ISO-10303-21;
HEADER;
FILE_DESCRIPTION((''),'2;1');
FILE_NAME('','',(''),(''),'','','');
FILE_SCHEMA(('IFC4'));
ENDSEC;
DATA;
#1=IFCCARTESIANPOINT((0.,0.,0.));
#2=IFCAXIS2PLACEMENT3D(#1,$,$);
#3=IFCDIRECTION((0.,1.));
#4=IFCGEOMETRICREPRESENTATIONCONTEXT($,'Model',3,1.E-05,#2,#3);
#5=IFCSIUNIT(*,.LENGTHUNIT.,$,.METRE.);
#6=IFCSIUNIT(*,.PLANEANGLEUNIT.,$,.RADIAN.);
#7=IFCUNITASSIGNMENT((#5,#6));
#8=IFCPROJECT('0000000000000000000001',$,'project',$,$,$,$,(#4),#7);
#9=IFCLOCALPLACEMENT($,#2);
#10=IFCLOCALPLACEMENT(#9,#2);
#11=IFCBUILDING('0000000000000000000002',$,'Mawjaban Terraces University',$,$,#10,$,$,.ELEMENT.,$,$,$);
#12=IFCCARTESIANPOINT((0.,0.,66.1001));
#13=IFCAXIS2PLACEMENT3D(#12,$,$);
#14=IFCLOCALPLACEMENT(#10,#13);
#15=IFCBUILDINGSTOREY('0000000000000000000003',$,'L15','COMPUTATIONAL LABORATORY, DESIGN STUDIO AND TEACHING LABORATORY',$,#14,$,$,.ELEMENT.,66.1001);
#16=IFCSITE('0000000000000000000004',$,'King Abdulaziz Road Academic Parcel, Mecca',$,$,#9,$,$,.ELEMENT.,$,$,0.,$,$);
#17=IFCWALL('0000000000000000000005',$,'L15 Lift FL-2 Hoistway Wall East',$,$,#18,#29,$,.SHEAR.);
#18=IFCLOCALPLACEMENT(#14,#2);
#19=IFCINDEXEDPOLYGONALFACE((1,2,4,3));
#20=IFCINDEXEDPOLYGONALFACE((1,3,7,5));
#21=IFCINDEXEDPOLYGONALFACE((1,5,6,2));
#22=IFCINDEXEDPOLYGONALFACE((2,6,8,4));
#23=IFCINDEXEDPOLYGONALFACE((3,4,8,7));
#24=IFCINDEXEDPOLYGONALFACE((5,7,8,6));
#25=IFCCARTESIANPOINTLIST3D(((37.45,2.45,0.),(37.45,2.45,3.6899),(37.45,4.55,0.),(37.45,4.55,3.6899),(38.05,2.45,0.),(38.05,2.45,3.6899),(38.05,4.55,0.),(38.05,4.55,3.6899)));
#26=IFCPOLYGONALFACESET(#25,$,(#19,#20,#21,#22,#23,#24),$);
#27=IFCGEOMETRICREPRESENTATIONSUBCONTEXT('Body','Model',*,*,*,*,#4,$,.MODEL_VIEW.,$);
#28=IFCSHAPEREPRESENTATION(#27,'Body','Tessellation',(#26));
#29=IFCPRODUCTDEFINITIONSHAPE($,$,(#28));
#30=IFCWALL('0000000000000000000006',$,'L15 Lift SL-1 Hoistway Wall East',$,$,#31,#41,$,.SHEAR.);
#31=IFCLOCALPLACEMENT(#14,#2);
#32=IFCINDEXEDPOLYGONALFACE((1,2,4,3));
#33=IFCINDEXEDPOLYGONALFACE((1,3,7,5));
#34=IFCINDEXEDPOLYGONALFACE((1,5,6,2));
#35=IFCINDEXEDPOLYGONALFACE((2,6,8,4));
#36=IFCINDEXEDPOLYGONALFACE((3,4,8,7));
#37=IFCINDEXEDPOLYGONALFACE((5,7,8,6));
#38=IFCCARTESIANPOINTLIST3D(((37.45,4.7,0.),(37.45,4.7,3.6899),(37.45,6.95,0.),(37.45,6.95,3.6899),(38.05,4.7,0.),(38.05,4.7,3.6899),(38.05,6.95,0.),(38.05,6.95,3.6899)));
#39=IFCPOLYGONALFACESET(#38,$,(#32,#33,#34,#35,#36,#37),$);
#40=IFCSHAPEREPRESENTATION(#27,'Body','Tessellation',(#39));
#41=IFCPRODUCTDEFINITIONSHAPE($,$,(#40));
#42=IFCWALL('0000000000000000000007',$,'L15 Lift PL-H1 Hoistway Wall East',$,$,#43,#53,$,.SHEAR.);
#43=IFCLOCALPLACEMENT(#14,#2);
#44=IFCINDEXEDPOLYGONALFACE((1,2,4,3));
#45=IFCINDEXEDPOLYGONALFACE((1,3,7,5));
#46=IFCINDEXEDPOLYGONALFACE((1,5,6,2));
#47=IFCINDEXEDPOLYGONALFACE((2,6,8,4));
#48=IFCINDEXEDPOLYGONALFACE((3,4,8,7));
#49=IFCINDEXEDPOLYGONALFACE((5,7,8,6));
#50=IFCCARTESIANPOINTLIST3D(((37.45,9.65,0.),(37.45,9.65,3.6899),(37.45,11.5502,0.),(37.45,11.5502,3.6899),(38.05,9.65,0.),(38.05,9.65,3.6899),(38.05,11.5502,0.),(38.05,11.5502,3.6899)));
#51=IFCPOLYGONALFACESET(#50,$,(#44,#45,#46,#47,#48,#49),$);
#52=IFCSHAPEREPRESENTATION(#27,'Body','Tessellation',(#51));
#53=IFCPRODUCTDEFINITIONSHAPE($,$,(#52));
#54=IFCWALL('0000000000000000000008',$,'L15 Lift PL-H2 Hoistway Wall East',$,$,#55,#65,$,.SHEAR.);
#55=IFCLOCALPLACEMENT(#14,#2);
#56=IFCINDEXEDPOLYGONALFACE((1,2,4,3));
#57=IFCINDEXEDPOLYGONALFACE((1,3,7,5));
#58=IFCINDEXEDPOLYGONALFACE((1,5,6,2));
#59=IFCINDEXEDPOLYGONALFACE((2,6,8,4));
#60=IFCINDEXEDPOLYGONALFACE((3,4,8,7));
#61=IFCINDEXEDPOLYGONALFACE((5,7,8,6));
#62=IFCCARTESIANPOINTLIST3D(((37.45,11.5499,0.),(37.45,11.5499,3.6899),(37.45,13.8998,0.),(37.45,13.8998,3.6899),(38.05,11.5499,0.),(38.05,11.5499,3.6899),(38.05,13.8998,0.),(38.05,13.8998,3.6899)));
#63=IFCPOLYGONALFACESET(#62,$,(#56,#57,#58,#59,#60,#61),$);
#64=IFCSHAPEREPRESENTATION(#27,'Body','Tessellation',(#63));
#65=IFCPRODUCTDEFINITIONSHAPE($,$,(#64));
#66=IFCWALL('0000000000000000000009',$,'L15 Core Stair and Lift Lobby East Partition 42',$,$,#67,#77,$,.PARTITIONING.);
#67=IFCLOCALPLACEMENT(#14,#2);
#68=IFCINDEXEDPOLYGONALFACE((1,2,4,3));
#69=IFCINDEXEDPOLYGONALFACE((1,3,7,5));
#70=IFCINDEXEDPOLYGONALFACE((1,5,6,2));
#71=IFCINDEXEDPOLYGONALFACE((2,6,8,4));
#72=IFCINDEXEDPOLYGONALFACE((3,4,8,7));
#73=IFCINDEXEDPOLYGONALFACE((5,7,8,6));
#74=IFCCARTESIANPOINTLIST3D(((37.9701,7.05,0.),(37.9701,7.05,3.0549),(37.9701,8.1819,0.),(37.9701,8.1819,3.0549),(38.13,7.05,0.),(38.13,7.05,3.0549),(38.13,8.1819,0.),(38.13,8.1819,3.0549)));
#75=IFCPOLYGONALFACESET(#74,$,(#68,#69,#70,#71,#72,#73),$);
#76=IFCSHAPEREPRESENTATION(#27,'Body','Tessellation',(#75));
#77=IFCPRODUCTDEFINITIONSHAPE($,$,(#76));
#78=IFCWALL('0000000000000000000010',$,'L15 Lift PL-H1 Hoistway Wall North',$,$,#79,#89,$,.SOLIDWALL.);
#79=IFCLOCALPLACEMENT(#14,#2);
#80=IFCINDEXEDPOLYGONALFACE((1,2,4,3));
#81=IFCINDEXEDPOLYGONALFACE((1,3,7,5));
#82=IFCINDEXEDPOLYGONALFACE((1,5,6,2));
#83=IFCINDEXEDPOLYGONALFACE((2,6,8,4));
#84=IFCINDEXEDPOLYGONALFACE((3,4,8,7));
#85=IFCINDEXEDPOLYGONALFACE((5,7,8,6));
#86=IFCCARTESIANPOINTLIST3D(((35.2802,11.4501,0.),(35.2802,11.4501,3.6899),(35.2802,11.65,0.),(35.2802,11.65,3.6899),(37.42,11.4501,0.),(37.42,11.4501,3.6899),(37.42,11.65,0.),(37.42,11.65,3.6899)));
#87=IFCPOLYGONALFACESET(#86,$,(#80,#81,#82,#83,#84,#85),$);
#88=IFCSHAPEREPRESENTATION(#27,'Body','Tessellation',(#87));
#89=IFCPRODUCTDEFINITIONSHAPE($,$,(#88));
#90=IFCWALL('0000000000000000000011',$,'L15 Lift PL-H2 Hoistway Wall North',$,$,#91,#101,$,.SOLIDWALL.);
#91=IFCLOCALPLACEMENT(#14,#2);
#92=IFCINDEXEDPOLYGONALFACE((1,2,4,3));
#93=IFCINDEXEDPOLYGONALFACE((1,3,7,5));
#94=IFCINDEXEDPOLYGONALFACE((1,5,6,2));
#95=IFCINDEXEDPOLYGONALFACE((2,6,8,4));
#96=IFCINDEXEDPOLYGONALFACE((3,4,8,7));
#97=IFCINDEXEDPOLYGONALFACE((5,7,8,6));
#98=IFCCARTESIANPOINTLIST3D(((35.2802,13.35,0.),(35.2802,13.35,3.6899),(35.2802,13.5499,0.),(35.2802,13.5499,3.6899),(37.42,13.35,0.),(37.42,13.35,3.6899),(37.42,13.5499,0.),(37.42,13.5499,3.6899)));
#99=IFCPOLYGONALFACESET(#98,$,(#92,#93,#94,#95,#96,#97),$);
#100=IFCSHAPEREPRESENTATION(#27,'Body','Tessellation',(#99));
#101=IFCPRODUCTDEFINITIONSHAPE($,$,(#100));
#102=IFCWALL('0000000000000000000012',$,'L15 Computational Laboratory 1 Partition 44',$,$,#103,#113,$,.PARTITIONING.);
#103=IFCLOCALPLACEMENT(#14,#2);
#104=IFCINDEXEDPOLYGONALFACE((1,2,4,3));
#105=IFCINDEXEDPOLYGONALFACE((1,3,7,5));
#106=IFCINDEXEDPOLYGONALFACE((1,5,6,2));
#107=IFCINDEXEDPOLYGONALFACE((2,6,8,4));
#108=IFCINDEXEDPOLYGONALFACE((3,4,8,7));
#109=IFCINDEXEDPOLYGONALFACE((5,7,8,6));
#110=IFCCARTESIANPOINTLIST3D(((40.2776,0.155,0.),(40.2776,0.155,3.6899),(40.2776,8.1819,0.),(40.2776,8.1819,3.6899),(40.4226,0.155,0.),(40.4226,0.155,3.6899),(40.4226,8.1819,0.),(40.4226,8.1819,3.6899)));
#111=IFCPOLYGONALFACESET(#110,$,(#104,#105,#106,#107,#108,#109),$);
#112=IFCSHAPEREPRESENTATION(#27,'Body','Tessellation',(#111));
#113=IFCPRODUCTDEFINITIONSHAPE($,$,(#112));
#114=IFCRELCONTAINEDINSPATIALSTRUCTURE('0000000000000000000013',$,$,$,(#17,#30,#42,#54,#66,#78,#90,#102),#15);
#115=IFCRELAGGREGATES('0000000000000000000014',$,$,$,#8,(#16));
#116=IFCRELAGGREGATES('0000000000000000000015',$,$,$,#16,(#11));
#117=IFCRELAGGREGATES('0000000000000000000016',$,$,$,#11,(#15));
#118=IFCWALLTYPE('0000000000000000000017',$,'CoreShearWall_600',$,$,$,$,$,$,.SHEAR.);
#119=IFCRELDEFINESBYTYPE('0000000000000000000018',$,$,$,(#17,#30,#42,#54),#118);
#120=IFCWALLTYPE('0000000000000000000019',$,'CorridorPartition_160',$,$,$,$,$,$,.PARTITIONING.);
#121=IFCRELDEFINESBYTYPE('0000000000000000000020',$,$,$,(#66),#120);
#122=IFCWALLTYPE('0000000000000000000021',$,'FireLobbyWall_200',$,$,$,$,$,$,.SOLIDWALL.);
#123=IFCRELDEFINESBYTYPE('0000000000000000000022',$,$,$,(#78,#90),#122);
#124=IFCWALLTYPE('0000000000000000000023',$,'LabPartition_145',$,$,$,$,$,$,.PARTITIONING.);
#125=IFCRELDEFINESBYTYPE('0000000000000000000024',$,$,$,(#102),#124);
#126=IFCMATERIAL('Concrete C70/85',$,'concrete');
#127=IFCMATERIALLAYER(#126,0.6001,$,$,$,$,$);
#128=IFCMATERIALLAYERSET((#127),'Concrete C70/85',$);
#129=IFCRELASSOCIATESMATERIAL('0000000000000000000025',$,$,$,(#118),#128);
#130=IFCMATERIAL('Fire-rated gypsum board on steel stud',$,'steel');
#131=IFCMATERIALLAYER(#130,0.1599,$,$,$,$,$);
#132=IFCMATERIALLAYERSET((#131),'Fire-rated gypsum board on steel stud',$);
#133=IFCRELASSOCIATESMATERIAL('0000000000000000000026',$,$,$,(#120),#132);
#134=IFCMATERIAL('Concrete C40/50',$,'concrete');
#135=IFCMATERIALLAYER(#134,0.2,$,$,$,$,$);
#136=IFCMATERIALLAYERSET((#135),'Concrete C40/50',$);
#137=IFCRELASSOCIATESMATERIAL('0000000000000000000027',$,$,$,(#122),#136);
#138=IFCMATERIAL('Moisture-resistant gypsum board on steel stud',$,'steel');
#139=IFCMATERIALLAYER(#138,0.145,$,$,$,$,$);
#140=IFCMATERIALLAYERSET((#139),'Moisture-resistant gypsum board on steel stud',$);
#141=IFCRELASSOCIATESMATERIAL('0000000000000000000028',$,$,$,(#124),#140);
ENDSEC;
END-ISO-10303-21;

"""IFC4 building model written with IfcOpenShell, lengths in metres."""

from ifc_helpers import new_model, si_unit, direction, frame, frame_2d, origin, place, context, subcontext, project, spatial, rectangle, extrude, material, layer, layer_set, type_object, element, save


model = new_model("IFC4")

# Units and contexts
model_context = context("Model", 3, precision=1e-05, world=origin(), true_north=direction((0.0, 1.0)))
body_context = subcontext(model_context, "Body", "Model", "MODEL_VIEW")
ifc_project = project(units=[si_unit("LENGTHUNIT", "METRE"), si_unit("PLANEANGLEUNIT", "RADIAN")], contexts=[model_context])

# Site, building, storey
site_placement = place(None, origin())
site = spatial("IfcSite", under=ifc_project, at=site_placement, Name="King Abdulaziz Road Academic Parcel, Mecca", CompositionType="ELEMENT", RefElevation=0.0)
building_placement = place(site_placement, origin())
building = spatial("IfcBuilding", under=site, at=building_placement, Name="Mawjaban Terraces University", CompositionType="ELEMENT")
storey_placement = place(building_placement, frame((0.0, 0.0, 66.1001)))
storey = spatial("IfcBuildingStorey", under=building, at=storey_placement, Name="L15", Description="COMPUTATIONAL LABORATORY, DESIGN STUDIO AND TEACHING LABORATORY", CompositionType="ELEMENT", Elevation=66.1001)

# Shared definitions
ifc_material_1 = material(Name="Concrete C70/85", Category="concrete")

# Walls
ifc_layer_1 = layer(ifc_material_1, 0.6001)
ifc_layer_set_1 = layer_set([ifc_layer_1], Name="Concrete C70/85")
wall_type_1 = type_object("IfcWallType", Name="CoreShearWall_600", PredefinedType="SHEAR", material=ifc_layer_set_1)
wall_1_placement = place(storey_placement, frame((37.75, 2.45, 0.0), z_axis=(0.0, 0.0, 1.0), x_axis=(0.0, 1.0, 0.0)))
element("IfcWall", 1, at=wall_1_placement, inside=storey, type_object=wall_type_1, Name="L15 Lift FL-2 Hoistway Wall East", PredefinedType="SHEAR", context=body_context, shape_type="SweptSolid", body=[
    extrude(rectangle(XDim=2.1001, YDim=0.6001, at=frame_2d((1.05, 0.0))), origin(), (0.0, 0.0, 1.0), 3.6899),
])
wall_2_placement = place(storey_placement, frame((37.75, 4.7, 0.0), z_axis=(0.0, 0.0, 1.0), x_axis=(0.0, 1.0, 0.0)))
element("IfcWall", 2, at=wall_2_placement, inside=storey, type_object=wall_type_1, Name="L15 Lift SL-1 Hoistway Wall East", PredefinedType="SHEAR", context=body_context, shape_type="SweptSolid", body=[
    extrude(rectangle(XDim=2.25, YDim=0.6001, at=frame_2d((1.125, 0.0))), origin(), (0.0, 0.0, 1.0), 3.6899),
])
wall_3_placement = place(storey_placement, frame((37.75, 9.6499, 0.0), z_axis=(0.0, 0.0, 1.0), x_axis=(0.0, 1.0, 0.0)))
element("IfcWall", 3, at=wall_3_placement, inside=storey, type_object=wall_type_1, Name="L15 Lift PL-H1 Hoistway Wall East", PredefinedType="SHEAR", context=body_context, shape_type="SweptSolid", body=[
    extrude(rectangle(XDim=1.9001, YDim=0.6001, at=frame_2d((0.9502, 0.0))), origin(), (0.0, 0.0, 1.0), 3.6899),
])
wall_4_placement = place(storey_placement, frame((37.75, 11.55, 0.0), z_axis=(0.0, 0.0, 1.0), x_axis=(0.0, 1.0, 0.0)))
element("IfcWall", 4, at=wall_4_placement, inside=storey, type_object=wall_type_1, Name="L15 Lift PL-H2 Hoistway Wall East", PredefinedType="SHEAR", context=body_context, shape_type="SweptSolid", body=[
    extrude(rectangle(XDim=2.3499, YDim=0.6001, at=frame_2d((1.1748, 0.0))), origin(), (0.0, 0.0, 1.0), 3.6899),
])
ifc_material_2 = material(Name="Fire-rated gypsum board on steel stud", Category="steel")
ifc_layer_2 = layer(ifc_material_2, 0.1599)
ifc_layer_set_2 = layer_set([ifc_layer_2], Name="Fire-rated gypsum board on steel stud")
wall_type_2 = type_object("IfcWallType", Name="CorridorPartition_160", PredefinedType="PARTITIONING", material=ifc_layer_set_2)
wall_5_placement = place(storey_placement, frame((38.05, 7.05, 0.0), z_axis=(0.0, 0.0, 1.0), x_axis=(0.0, 1.0, 0.0)))
element("IfcWall", 5, at=wall_5_placement, inside=storey, type_object=wall_type_2, Name="L15 Core Stair and Lift Lobby East Partition 42", PredefinedType="PARTITIONING", context=body_context, shape_type="SweptSolid", body=[
    extrude(rectangle(XDim=1.1318, YDim=0.1599, at=frame_2d((0.5659, 0.0))), origin(), (0.0, 0.0, 1.0), 3.0549),
])
ifc_material_3 = material(Name="Concrete C40/50", Category="concrete")
ifc_layer_3 = layer(ifc_material_3, 0.2)
ifc_layer_set_3 = layer_set([ifc_layer_3], Name="Concrete C40/50")
wall_type_3 = type_object("IfcWallType", Name="FireLobbyWall_200", PredefinedType="SOLIDWALL", material=ifc_layer_set_3)
for number, where, z_axis, x_axis, name in (
    (6, (37.4199, 11.55, 0.0), (0.0, 0.0, 1.0), (-1.0, 0.0, 0.0), "L15 Lift PL-H1 Hoistway Wall North"),
    (7, (37.4199, 13.45, 0.0), (0.0, 0.0, 1.0), (-1.0, 0.0, 0.0), "L15 Lift PL-H2 Hoistway Wall North"),
):
    element("IfcWall", number, at=place(storey_placement, frame(where, z_axis=z_axis, x_axis=x_axis)), inside=storey, type_object=wall_type_3, Name=name, PredefinedType="SOLIDWALL", context=body_context, shape_type="SweptSolid", body=[
        extrude(rectangle(XDim=2.1399, YDim=0.2, at=frame_2d((1.0698, 0.0))), origin(), (0.0, 0.0, 1.0), 3.6899),
    ])

# Shared definitions
ifc_material_4 = material(Name="Moisture-resistant gypsum board on steel stud", Category="steel")
ifc_layer_4 = layer(ifc_material_4, 0.145)
ifc_layer_set_4 = layer_set([ifc_layer_4], Name="Moisture-resistant gypsum board on steel stud")
wall_type_4 = type_object("IfcWallType", Name="LabPartition_145", PredefinedType="PARTITIONING", material=ifc_layer_set_4)

# Wall
wall_6_placement = place(storey_placement, frame((40.3501, 0.155, 0.0), z_axis=(0.0, 0.0, 1.0), x_axis=(0.0, 1.0, 0.0)))
element("IfcWall", 8, at=wall_6_placement, inside=storey, type_object=wall_type_4, Name="L15 Computational Laboratory 1 Partition 44", PredefinedType="PARTITIONING", context=body_context, shape_type="SweptSolid", body=[
    extrude(rectangle(XDim=8.0269, YDim=0.145, at=frame_2d((4.0134, 0.0))), origin(), (0.0, 0.0, 1.0), 3.6899),
])

save(model, "model.ifc")
